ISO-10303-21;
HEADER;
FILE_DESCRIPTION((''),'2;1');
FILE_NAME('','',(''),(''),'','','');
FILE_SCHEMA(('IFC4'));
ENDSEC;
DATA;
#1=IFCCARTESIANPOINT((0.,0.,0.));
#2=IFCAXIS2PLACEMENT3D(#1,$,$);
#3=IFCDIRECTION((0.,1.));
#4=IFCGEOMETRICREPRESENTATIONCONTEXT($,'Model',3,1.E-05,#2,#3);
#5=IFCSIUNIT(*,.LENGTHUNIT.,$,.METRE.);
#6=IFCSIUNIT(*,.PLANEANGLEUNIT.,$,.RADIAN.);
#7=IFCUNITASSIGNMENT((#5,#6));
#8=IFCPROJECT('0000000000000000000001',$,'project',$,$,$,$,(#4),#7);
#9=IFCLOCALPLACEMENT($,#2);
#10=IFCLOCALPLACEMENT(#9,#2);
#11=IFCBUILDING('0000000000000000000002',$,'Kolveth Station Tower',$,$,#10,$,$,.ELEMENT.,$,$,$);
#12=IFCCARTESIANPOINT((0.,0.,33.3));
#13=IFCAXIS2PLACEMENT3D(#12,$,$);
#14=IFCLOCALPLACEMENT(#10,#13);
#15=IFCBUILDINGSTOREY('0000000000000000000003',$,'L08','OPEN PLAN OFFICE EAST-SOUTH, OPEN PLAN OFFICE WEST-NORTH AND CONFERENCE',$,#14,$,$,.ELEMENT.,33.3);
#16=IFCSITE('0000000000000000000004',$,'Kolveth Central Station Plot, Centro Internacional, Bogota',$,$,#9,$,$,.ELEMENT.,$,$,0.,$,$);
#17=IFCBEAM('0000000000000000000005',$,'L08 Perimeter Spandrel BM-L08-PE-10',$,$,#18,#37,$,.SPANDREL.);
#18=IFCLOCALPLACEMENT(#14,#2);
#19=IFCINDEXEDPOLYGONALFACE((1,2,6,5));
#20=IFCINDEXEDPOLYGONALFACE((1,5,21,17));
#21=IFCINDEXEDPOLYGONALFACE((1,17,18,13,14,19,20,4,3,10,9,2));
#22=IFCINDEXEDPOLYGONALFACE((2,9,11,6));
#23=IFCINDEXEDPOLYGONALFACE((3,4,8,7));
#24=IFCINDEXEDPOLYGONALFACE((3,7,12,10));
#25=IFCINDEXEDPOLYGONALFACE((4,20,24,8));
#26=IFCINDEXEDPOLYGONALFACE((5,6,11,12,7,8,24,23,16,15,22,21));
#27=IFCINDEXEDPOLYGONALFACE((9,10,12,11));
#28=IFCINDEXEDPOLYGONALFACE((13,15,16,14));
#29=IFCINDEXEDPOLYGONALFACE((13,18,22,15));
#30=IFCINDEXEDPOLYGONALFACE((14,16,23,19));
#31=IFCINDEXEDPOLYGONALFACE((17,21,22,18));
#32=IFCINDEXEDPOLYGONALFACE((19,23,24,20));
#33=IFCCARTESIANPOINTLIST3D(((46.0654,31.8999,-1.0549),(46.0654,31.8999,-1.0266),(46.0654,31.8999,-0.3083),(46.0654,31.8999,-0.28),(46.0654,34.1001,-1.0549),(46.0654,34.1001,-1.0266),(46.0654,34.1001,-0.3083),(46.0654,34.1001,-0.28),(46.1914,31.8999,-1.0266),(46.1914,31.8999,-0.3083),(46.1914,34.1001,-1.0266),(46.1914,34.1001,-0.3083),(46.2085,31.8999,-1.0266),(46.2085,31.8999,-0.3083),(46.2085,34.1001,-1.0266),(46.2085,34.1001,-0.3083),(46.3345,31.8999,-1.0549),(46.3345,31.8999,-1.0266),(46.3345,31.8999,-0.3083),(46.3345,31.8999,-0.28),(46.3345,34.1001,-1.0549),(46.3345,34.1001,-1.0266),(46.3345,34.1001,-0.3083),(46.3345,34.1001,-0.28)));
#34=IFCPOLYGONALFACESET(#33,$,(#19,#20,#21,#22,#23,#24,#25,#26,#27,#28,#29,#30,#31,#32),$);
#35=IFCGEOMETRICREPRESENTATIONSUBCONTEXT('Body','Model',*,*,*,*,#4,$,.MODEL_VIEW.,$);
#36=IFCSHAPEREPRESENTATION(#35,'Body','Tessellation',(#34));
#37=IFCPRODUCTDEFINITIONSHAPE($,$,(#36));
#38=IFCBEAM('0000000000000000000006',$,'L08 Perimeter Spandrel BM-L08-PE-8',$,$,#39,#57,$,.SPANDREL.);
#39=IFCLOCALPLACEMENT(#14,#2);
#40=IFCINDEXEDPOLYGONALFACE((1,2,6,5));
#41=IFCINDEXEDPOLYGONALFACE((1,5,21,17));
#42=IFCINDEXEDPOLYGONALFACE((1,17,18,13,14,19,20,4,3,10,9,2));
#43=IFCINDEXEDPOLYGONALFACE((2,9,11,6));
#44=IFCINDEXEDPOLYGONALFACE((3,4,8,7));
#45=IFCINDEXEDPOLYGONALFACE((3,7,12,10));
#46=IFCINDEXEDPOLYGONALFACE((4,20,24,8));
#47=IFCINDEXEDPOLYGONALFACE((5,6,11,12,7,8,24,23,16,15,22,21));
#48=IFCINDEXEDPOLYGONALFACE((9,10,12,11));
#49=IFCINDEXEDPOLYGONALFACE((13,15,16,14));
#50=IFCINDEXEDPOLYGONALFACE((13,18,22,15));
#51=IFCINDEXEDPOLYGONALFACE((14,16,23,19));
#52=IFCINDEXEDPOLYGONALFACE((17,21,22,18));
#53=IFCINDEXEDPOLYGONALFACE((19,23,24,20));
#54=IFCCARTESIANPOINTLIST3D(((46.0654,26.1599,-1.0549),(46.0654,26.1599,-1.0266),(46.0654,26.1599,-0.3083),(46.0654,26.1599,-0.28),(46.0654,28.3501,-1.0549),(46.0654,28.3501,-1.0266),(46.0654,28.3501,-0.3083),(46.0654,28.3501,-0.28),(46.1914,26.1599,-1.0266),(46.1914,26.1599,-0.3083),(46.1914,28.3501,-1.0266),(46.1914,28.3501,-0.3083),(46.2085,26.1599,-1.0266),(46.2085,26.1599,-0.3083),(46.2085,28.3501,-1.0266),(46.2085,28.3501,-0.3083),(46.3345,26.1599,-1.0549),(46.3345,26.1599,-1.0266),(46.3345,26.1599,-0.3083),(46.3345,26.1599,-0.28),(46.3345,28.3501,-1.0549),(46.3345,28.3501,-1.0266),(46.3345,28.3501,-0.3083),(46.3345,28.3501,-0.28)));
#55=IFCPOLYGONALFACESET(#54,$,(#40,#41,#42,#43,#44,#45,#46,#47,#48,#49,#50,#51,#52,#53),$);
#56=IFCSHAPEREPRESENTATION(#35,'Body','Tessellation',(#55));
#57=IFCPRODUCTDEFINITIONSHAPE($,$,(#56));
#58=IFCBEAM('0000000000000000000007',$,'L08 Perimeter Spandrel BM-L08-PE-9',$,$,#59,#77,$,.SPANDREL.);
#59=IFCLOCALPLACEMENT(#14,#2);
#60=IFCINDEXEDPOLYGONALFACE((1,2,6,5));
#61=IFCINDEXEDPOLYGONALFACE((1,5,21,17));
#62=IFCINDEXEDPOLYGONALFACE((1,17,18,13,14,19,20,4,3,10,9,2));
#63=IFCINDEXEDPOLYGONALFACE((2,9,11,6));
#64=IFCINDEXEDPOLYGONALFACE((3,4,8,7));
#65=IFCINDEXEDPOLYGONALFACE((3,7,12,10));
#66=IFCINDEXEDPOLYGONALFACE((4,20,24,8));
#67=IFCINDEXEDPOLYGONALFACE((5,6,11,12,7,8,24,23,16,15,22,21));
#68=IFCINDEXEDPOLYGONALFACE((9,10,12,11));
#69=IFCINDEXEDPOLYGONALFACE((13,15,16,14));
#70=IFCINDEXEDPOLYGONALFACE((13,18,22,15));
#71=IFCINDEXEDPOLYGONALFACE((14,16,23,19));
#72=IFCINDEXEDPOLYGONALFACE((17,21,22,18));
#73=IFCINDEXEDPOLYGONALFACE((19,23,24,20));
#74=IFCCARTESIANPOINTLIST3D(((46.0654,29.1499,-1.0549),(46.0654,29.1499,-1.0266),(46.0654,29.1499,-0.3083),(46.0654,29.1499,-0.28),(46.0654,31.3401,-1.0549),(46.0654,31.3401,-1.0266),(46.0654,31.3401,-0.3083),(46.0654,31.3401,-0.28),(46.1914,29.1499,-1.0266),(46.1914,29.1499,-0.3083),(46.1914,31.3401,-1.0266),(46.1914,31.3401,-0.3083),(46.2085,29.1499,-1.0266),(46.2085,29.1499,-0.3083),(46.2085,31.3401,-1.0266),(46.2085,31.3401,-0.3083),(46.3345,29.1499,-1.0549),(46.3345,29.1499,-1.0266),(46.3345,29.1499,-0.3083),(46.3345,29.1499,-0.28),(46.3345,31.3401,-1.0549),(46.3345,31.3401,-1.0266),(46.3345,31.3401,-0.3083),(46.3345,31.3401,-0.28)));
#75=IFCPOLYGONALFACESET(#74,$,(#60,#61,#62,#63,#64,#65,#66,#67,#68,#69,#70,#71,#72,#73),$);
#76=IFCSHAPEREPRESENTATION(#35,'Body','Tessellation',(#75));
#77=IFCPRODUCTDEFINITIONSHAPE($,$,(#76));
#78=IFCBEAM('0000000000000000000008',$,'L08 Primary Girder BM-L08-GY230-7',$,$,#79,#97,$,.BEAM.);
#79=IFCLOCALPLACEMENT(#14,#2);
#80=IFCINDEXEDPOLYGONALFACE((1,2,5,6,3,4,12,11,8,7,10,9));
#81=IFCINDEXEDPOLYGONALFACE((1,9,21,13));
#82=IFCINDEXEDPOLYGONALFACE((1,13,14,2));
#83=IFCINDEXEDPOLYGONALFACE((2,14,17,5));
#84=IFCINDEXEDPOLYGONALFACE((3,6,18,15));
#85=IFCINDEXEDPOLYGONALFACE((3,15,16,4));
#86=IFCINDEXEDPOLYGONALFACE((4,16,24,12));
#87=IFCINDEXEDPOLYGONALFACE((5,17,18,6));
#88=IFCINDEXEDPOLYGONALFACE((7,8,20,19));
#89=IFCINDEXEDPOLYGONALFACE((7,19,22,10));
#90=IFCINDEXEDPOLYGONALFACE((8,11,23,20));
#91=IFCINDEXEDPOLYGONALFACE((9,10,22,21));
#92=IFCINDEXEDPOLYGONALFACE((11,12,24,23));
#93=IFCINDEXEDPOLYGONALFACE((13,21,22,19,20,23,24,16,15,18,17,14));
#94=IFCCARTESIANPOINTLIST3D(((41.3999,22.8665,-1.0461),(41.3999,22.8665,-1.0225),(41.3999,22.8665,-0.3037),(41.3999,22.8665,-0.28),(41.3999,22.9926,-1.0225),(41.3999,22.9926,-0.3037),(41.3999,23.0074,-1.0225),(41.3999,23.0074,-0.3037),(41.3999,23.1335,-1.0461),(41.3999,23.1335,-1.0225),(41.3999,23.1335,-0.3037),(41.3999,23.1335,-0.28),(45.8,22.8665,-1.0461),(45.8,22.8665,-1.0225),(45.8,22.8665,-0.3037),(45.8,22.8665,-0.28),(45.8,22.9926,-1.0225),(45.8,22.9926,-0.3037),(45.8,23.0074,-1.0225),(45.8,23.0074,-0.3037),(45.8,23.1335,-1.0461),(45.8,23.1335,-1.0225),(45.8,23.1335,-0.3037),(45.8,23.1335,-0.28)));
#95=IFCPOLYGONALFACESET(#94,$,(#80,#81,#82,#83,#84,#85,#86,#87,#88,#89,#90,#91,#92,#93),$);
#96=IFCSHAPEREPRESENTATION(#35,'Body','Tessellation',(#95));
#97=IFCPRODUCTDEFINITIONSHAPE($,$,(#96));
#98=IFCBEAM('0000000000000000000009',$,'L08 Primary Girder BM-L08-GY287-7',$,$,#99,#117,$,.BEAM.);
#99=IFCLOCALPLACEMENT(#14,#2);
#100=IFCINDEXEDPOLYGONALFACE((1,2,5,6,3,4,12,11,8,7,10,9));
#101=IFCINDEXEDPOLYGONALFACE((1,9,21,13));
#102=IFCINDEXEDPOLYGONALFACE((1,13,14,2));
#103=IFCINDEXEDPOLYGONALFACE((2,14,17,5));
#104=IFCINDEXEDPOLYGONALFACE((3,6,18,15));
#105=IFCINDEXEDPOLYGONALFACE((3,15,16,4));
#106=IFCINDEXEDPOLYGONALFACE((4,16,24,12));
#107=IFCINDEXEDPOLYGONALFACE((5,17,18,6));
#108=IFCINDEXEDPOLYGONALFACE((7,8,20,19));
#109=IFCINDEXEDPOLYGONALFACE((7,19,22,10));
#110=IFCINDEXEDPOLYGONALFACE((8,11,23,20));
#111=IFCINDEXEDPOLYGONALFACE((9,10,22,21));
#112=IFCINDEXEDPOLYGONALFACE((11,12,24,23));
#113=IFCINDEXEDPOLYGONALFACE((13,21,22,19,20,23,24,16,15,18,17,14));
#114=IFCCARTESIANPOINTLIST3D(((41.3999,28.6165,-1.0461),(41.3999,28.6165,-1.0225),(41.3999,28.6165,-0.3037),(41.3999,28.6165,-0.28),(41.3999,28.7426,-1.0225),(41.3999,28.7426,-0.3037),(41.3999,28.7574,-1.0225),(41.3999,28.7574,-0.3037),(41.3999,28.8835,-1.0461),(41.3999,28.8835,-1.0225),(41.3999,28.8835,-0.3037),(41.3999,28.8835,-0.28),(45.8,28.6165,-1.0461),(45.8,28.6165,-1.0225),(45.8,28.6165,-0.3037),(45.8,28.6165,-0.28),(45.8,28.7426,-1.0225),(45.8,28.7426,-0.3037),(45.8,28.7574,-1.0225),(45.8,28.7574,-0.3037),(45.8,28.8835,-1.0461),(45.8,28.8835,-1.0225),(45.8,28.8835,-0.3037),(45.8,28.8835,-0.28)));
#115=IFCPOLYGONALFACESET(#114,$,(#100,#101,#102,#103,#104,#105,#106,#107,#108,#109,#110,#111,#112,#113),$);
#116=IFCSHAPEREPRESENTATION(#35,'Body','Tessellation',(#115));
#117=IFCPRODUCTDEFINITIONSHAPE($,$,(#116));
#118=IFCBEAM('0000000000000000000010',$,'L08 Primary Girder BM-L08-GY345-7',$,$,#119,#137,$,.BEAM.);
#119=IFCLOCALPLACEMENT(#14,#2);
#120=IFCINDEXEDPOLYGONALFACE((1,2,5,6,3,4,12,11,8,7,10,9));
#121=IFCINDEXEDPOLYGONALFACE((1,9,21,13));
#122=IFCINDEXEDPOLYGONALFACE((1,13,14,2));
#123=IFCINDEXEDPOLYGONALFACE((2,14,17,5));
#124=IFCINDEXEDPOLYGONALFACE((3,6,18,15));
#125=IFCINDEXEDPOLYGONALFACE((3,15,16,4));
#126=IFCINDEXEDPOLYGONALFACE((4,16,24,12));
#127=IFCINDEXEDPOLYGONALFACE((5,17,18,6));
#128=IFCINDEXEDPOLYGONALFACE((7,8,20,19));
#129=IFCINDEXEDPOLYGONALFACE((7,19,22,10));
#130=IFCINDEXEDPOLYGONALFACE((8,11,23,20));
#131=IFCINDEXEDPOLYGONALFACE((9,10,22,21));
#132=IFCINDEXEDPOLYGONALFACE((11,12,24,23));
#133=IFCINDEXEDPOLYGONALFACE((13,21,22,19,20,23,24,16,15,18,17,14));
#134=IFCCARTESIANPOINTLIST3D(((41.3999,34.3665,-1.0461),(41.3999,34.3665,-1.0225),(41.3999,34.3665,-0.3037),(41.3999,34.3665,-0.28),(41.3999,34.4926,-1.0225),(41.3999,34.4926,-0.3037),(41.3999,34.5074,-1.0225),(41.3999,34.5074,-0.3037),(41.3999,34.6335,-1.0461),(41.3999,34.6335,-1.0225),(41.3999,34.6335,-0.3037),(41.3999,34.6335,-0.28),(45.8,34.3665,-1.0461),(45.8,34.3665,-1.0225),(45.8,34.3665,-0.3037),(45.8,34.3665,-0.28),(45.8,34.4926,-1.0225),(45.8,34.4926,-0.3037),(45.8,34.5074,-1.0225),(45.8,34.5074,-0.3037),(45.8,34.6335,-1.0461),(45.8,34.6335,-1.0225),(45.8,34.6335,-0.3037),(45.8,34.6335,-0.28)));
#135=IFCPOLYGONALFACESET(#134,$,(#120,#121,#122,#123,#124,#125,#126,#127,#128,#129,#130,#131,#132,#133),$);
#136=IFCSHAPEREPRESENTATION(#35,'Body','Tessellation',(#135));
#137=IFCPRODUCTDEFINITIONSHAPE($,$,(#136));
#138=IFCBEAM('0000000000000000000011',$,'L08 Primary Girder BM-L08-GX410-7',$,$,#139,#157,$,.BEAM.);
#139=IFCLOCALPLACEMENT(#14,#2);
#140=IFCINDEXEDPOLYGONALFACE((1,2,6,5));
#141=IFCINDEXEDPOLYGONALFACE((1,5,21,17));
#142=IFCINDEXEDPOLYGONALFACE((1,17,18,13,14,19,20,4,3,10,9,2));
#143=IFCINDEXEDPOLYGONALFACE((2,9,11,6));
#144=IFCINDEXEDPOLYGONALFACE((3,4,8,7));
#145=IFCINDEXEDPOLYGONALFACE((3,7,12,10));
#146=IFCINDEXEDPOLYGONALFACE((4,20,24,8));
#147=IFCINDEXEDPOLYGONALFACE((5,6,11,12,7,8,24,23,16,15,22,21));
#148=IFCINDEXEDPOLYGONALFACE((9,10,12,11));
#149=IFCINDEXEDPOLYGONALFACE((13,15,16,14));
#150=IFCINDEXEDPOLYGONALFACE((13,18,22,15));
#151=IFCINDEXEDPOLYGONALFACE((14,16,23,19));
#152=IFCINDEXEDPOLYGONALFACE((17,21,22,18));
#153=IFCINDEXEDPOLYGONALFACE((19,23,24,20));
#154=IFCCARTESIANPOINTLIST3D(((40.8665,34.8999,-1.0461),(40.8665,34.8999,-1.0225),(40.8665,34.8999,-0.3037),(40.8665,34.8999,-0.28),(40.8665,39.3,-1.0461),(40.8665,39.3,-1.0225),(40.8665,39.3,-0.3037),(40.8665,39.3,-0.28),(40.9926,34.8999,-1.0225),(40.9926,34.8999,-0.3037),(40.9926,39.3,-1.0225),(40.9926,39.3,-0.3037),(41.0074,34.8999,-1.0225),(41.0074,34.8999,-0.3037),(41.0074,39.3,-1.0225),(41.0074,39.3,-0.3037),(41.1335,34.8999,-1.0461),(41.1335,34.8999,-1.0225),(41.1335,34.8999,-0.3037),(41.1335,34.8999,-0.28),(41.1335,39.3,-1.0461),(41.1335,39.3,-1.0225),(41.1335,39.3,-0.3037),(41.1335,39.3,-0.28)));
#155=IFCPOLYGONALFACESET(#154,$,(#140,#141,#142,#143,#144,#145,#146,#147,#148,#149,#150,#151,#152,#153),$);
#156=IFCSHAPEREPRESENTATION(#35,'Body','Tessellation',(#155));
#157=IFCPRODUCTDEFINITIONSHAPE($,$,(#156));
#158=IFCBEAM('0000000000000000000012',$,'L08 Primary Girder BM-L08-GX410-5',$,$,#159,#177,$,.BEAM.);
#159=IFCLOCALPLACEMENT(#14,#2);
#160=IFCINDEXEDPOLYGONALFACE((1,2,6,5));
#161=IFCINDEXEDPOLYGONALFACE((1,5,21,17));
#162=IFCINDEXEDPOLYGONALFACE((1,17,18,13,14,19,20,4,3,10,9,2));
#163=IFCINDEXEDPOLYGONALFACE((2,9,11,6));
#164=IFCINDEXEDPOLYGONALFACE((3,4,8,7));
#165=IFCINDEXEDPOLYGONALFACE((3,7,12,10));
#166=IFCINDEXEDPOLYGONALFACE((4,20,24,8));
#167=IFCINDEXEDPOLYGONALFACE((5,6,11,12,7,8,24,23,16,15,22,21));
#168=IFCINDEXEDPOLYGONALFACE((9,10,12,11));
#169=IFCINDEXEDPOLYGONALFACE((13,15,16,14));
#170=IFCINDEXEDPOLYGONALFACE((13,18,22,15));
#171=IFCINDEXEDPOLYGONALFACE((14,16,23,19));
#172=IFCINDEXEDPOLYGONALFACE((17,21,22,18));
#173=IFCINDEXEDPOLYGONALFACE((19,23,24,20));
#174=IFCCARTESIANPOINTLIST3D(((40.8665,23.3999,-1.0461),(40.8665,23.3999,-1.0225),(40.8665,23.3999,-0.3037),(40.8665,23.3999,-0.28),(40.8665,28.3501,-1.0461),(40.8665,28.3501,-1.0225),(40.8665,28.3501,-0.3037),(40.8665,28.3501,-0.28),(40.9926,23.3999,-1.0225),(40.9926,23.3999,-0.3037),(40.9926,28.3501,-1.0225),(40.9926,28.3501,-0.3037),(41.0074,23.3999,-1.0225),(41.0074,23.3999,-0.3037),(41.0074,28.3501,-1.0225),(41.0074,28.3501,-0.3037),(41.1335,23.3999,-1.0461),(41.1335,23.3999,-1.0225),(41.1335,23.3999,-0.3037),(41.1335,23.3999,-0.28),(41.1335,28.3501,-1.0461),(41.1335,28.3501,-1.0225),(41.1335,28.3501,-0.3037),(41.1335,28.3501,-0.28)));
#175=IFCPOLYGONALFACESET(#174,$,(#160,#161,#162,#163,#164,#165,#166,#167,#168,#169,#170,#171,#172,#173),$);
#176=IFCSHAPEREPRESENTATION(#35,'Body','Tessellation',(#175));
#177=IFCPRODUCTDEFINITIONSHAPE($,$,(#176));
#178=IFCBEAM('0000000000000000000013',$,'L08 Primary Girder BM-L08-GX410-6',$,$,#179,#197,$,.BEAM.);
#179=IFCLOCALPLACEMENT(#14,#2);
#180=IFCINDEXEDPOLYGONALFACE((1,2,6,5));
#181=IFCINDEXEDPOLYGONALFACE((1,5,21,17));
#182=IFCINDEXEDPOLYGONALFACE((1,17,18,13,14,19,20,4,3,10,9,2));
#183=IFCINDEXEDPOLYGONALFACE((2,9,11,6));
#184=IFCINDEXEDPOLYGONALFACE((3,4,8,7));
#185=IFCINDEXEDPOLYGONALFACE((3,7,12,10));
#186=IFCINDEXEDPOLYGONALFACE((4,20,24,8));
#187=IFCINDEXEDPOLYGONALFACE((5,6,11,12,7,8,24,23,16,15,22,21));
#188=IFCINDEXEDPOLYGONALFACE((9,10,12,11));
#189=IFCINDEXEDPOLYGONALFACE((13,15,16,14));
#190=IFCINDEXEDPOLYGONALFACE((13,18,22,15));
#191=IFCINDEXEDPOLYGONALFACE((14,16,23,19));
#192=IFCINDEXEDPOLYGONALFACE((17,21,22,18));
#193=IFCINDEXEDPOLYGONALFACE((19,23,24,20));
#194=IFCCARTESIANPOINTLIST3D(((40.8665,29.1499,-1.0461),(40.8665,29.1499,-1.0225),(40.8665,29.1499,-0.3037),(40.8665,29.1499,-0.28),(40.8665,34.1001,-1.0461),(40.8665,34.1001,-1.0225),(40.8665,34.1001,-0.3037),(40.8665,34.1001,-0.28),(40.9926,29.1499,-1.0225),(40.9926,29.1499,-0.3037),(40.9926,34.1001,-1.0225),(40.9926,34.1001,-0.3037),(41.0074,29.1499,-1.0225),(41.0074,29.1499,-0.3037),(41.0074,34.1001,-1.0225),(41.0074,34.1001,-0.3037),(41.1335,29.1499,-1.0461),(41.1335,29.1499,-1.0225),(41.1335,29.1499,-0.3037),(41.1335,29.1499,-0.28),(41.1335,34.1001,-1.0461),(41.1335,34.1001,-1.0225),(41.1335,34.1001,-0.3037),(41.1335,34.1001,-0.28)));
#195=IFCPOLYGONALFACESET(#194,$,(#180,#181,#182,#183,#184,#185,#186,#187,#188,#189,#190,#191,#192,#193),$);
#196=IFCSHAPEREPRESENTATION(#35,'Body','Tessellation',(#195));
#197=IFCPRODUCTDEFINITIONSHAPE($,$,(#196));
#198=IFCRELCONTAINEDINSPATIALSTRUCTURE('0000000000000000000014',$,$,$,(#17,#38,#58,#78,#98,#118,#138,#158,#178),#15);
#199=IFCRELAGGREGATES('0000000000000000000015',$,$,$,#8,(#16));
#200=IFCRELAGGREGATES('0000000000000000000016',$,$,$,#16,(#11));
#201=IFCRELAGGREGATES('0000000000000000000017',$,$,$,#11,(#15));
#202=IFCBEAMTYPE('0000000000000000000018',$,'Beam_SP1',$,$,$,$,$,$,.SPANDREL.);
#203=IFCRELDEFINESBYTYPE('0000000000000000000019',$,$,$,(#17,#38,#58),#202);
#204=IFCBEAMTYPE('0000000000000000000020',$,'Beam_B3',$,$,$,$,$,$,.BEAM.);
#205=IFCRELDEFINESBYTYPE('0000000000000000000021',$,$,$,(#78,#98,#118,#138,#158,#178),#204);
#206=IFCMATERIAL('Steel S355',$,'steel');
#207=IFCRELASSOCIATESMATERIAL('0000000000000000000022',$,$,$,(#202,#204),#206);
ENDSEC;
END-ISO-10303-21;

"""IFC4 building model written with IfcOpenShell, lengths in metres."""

from ifc_helpers import new_model, si_unit, direction, frame, origin, origin_2d, place, context, subcontext, project, spatial, i_section, extrude, source, transform, mapped, material, material_profile, profile_set, type_object, element, save


model = new_model("IFC4")

# Units and contexts
model_context = context("Model", 3, precision=1e-05, world=origin(), true_north=direction((0.0, 1.0)))
body_context = subcontext(model_context, "Body", "Model", "MODEL_VIEW")
ifc_project = project(units=[si_unit("LENGTHUNIT", "METRE"), si_unit("PLANEANGLEUNIT", "RADIAN")], contexts=[model_context])

# Site, building, storey
site_placement = place(None, origin())
site = spatial("IfcSite", under=ifc_project, at=site_placement, Name="Kolveth Central Station Plot, Centro Internacional, Bogota", CompositionType="ELEMENT", RefElevation=0.0)
building_placement = place(site_placement, origin())
building = spatial("IfcBuilding", under=site, at=building_placement, Name="Kolveth Station Tower", CompositionType="ELEMENT")
storey_placement = place(building_placement, frame((0.0, 0.0, 33.3)))
storey = spatial("IfcBuildingStorey", under=building, at=storey_placement, Name="L08", Description="OPEN PLAN OFFICE EAST-SOUTH, OPEN PLAN OFFICE WEST-NORTH AND CONFERENCE", CompositionType="ELEMENT", Elevation=33.3)

# Shared definitions
ifc_material_1 = material(Name="Steel S355", Category="steel")

# Beams
ifc_material_profile_1 = material_profile(ifc_material_1, i_section(OverallWidth=0.269, OverallDepth=0.7749, WebThickness=0.0171, FlangeThickness=0.0283, at=origin_2d()), Name="W760x220")
ifc_profile_set_1 = profile_set([ifc_material_profile_1], Name="Steel S355")
beam_type_1 = type_object("IfcBeamType", Name="Beam_SP1", PredefinedType="SPANDREL", material=ifc_profile_set_1)
shared_shape_1 = source(origin(), body_context, "Body", "SweptSolid", [
    extrude(i_section(OverallWidth=0.269, OverallDepth=0.7749, WebThickness=0.0171, FlangeThickness=0.0283, at=origin_2d()), origin(), (0.0, 0.0, 1.0), 2.2002),
])
for number, where, z_axis, x_axis, name in (
    (1, (46.2, 31.8999, -0.6675), (0.0, 1.0, 0.0), (-1.0, 0.0, 0.0), "L08 Perimeter Spandrel BM-L08-PE-10"),
):
    element("IfcBeam", number, at=place(storey_placement, frame(where, z_axis=z_axis, x_axis=x_axis)), inside=storey, type_object=beam_type_1, Name=name, PredefinedType="SPANDREL", context=body_context, shape_type="MappedRepresentation", body=[
        mapped(shared_shape_1, transform((0.0, 0.0, 0.0), x_axis=(1.0, 0.0, 0.0), y_axis=(0.0, 1.0, 0.0), z_axis=(0.0, 0.0, 1.0), scale=1.0)),
    ])
shared_shape_2 = source(origin(), body_context, "Body", "SweptSolid", [
    extrude(i_section(OverallWidth=0.269, OverallDepth=0.7749, WebThickness=0.0171, FlangeThickness=0.0283, at=origin_2d()), origin(), (0.0, 0.0, 1.0), 2.1902),
])
for number, where, z_axis, x_axis, name in (
    (2, (46.2, 26.1599, -0.6675), (0.0, 1.0, 0.0), (-1.0, 0.0, 0.0), "L08 Perimeter Spandrel BM-L08-PE-8"),
    (3, (46.2, 29.1499, -0.6675), (0.0, 1.0, 0.0), (-1.0, 0.0, 0.0), "L08 Perimeter Spandrel BM-L08-PE-9"),
):
    element("IfcBeam", number, at=place(storey_placement, frame(where, z_axis=z_axis, x_axis=x_axis)), inside=storey, type_object=beam_type_1, Name=name, PredefinedType="SPANDREL", context=body_context, shape_type="MappedRepresentation", body=[
        mapped(shared_shape_2, transform((0.0, 0.0, 0.0), x_axis=(1.0, 0.0, 0.0), y_axis=(0.0, 1.0, 0.0), z_axis=(0.0, 0.0, 1.0), scale=1.0)),
    ])
ifc_material_profile_2 = material_profile(ifc_material_1, i_section(OverallWidth=0.2671, OverallDepth=0.7661, WebThickness=0.0149, FlangeThickness=0.0237, at=origin_2d()), Name="W760x185")
ifc_profile_set_2 = profile_set([ifc_material_profile_2], Name="Steel S355")
beam_type_2 = type_object("IfcBeamType", Name="Beam_B3", PredefinedType="BEAM", material=ifc_profile_set_2)
shared_shape_3 = source(origin(), body_context, "Body", "SweptSolid", [
    extrude(i_section(OverallWidth=0.2671, OverallDepth=0.7661, WebThickness=0.0149, FlangeThickness=0.0237, at=origin_2d()), origin(), (0.0, 0.0, 1.0), 4.4001),
])
for number, where, z_axis, x_axis, name in (
    (4, (41.3999, 23.0, -0.6631), (1.0, 0.0, 0.0), (0.0, 1.0, 0.0), "L08 Primary Girder BM-L08-GY230-7"),
    (5, (41.3999, 28.75, -0.6631), (1.0, 0.0, 0.0), (0.0, 1.0, 0.0), "L08 Primary Girder BM-L08-GY287-7"),
    (6, (41.3999, 34.5, -0.6631), (1.0, 0.0, 0.0), (0.0, 1.0, 0.0), "L08 Primary Girder BM-L08-GY345-7"),
    (7, (41.0, 34.8999, -0.6631), (0.0, 1.0, 0.0), (-1.0, 0.0, 0.0), "L08 Primary Girder BM-L08-GX410-7"),
):
    element("IfcBeam", number, at=place(storey_placement, frame(where, z_axis=z_axis, x_axis=x_axis)), inside=storey, type_object=beam_type_2, Name=name, PredefinedType="BEAM", context=body_context, shape_type="MappedRepresentation", body=[
        mapped(shared_shape_3, transform((0.0, 0.0, 0.0), x_axis=(1.0, 0.0, 0.0), y_axis=(0.0, 1.0, 0.0), z_axis=(0.0, 0.0, 1.0), scale=1.0)),
    ])
shared_shape_4 = source(origin(), body_context, "Body", "SweptSolid", [
    extrude(i_section(OverallWidth=0.2671, OverallDepth=0.7661, WebThickness=0.0149, FlangeThickness=0.0237, at=origin_2d()), origin(), (0.0, 0.0, 1.0), 4.9502),
])
for number, where, z_axis, x_axis, name in (
    (8, (41.0, 23.3999, -0.6631), (0.0, 1.0, 0.0), (-1.0, 0.0, 0.0), "L08 Primary Girder BM-L08-GX410-5"),
    (9, (41.0, 29.1499, -0.6631), (0.0, 1.0, 0.0), (-1.0, 0.0, 0.0), "L08 Primary Girder BM-L08-GX410-6"),
):
    element("IfcBeam", number, at=place(storey_placement, frame(where, z_axis=z_axis, x_axis=x_axis)), inside=storey, type_object=beam_type_2, Name=name, PredefinedType="BEAM", context=body_context, shape_type="MappedRepresentation", body=[
        mapped(shared_shape_4, transform((0.0, 0.0, 0.0), x_axis=(1.0, 0.0, 0.0), y_axis=(0.0, 1.0, 0.0), z_axis=(0.0, 0.0, 1.0), scale=1.0)),
    ])

save(model, "model.ifc")
